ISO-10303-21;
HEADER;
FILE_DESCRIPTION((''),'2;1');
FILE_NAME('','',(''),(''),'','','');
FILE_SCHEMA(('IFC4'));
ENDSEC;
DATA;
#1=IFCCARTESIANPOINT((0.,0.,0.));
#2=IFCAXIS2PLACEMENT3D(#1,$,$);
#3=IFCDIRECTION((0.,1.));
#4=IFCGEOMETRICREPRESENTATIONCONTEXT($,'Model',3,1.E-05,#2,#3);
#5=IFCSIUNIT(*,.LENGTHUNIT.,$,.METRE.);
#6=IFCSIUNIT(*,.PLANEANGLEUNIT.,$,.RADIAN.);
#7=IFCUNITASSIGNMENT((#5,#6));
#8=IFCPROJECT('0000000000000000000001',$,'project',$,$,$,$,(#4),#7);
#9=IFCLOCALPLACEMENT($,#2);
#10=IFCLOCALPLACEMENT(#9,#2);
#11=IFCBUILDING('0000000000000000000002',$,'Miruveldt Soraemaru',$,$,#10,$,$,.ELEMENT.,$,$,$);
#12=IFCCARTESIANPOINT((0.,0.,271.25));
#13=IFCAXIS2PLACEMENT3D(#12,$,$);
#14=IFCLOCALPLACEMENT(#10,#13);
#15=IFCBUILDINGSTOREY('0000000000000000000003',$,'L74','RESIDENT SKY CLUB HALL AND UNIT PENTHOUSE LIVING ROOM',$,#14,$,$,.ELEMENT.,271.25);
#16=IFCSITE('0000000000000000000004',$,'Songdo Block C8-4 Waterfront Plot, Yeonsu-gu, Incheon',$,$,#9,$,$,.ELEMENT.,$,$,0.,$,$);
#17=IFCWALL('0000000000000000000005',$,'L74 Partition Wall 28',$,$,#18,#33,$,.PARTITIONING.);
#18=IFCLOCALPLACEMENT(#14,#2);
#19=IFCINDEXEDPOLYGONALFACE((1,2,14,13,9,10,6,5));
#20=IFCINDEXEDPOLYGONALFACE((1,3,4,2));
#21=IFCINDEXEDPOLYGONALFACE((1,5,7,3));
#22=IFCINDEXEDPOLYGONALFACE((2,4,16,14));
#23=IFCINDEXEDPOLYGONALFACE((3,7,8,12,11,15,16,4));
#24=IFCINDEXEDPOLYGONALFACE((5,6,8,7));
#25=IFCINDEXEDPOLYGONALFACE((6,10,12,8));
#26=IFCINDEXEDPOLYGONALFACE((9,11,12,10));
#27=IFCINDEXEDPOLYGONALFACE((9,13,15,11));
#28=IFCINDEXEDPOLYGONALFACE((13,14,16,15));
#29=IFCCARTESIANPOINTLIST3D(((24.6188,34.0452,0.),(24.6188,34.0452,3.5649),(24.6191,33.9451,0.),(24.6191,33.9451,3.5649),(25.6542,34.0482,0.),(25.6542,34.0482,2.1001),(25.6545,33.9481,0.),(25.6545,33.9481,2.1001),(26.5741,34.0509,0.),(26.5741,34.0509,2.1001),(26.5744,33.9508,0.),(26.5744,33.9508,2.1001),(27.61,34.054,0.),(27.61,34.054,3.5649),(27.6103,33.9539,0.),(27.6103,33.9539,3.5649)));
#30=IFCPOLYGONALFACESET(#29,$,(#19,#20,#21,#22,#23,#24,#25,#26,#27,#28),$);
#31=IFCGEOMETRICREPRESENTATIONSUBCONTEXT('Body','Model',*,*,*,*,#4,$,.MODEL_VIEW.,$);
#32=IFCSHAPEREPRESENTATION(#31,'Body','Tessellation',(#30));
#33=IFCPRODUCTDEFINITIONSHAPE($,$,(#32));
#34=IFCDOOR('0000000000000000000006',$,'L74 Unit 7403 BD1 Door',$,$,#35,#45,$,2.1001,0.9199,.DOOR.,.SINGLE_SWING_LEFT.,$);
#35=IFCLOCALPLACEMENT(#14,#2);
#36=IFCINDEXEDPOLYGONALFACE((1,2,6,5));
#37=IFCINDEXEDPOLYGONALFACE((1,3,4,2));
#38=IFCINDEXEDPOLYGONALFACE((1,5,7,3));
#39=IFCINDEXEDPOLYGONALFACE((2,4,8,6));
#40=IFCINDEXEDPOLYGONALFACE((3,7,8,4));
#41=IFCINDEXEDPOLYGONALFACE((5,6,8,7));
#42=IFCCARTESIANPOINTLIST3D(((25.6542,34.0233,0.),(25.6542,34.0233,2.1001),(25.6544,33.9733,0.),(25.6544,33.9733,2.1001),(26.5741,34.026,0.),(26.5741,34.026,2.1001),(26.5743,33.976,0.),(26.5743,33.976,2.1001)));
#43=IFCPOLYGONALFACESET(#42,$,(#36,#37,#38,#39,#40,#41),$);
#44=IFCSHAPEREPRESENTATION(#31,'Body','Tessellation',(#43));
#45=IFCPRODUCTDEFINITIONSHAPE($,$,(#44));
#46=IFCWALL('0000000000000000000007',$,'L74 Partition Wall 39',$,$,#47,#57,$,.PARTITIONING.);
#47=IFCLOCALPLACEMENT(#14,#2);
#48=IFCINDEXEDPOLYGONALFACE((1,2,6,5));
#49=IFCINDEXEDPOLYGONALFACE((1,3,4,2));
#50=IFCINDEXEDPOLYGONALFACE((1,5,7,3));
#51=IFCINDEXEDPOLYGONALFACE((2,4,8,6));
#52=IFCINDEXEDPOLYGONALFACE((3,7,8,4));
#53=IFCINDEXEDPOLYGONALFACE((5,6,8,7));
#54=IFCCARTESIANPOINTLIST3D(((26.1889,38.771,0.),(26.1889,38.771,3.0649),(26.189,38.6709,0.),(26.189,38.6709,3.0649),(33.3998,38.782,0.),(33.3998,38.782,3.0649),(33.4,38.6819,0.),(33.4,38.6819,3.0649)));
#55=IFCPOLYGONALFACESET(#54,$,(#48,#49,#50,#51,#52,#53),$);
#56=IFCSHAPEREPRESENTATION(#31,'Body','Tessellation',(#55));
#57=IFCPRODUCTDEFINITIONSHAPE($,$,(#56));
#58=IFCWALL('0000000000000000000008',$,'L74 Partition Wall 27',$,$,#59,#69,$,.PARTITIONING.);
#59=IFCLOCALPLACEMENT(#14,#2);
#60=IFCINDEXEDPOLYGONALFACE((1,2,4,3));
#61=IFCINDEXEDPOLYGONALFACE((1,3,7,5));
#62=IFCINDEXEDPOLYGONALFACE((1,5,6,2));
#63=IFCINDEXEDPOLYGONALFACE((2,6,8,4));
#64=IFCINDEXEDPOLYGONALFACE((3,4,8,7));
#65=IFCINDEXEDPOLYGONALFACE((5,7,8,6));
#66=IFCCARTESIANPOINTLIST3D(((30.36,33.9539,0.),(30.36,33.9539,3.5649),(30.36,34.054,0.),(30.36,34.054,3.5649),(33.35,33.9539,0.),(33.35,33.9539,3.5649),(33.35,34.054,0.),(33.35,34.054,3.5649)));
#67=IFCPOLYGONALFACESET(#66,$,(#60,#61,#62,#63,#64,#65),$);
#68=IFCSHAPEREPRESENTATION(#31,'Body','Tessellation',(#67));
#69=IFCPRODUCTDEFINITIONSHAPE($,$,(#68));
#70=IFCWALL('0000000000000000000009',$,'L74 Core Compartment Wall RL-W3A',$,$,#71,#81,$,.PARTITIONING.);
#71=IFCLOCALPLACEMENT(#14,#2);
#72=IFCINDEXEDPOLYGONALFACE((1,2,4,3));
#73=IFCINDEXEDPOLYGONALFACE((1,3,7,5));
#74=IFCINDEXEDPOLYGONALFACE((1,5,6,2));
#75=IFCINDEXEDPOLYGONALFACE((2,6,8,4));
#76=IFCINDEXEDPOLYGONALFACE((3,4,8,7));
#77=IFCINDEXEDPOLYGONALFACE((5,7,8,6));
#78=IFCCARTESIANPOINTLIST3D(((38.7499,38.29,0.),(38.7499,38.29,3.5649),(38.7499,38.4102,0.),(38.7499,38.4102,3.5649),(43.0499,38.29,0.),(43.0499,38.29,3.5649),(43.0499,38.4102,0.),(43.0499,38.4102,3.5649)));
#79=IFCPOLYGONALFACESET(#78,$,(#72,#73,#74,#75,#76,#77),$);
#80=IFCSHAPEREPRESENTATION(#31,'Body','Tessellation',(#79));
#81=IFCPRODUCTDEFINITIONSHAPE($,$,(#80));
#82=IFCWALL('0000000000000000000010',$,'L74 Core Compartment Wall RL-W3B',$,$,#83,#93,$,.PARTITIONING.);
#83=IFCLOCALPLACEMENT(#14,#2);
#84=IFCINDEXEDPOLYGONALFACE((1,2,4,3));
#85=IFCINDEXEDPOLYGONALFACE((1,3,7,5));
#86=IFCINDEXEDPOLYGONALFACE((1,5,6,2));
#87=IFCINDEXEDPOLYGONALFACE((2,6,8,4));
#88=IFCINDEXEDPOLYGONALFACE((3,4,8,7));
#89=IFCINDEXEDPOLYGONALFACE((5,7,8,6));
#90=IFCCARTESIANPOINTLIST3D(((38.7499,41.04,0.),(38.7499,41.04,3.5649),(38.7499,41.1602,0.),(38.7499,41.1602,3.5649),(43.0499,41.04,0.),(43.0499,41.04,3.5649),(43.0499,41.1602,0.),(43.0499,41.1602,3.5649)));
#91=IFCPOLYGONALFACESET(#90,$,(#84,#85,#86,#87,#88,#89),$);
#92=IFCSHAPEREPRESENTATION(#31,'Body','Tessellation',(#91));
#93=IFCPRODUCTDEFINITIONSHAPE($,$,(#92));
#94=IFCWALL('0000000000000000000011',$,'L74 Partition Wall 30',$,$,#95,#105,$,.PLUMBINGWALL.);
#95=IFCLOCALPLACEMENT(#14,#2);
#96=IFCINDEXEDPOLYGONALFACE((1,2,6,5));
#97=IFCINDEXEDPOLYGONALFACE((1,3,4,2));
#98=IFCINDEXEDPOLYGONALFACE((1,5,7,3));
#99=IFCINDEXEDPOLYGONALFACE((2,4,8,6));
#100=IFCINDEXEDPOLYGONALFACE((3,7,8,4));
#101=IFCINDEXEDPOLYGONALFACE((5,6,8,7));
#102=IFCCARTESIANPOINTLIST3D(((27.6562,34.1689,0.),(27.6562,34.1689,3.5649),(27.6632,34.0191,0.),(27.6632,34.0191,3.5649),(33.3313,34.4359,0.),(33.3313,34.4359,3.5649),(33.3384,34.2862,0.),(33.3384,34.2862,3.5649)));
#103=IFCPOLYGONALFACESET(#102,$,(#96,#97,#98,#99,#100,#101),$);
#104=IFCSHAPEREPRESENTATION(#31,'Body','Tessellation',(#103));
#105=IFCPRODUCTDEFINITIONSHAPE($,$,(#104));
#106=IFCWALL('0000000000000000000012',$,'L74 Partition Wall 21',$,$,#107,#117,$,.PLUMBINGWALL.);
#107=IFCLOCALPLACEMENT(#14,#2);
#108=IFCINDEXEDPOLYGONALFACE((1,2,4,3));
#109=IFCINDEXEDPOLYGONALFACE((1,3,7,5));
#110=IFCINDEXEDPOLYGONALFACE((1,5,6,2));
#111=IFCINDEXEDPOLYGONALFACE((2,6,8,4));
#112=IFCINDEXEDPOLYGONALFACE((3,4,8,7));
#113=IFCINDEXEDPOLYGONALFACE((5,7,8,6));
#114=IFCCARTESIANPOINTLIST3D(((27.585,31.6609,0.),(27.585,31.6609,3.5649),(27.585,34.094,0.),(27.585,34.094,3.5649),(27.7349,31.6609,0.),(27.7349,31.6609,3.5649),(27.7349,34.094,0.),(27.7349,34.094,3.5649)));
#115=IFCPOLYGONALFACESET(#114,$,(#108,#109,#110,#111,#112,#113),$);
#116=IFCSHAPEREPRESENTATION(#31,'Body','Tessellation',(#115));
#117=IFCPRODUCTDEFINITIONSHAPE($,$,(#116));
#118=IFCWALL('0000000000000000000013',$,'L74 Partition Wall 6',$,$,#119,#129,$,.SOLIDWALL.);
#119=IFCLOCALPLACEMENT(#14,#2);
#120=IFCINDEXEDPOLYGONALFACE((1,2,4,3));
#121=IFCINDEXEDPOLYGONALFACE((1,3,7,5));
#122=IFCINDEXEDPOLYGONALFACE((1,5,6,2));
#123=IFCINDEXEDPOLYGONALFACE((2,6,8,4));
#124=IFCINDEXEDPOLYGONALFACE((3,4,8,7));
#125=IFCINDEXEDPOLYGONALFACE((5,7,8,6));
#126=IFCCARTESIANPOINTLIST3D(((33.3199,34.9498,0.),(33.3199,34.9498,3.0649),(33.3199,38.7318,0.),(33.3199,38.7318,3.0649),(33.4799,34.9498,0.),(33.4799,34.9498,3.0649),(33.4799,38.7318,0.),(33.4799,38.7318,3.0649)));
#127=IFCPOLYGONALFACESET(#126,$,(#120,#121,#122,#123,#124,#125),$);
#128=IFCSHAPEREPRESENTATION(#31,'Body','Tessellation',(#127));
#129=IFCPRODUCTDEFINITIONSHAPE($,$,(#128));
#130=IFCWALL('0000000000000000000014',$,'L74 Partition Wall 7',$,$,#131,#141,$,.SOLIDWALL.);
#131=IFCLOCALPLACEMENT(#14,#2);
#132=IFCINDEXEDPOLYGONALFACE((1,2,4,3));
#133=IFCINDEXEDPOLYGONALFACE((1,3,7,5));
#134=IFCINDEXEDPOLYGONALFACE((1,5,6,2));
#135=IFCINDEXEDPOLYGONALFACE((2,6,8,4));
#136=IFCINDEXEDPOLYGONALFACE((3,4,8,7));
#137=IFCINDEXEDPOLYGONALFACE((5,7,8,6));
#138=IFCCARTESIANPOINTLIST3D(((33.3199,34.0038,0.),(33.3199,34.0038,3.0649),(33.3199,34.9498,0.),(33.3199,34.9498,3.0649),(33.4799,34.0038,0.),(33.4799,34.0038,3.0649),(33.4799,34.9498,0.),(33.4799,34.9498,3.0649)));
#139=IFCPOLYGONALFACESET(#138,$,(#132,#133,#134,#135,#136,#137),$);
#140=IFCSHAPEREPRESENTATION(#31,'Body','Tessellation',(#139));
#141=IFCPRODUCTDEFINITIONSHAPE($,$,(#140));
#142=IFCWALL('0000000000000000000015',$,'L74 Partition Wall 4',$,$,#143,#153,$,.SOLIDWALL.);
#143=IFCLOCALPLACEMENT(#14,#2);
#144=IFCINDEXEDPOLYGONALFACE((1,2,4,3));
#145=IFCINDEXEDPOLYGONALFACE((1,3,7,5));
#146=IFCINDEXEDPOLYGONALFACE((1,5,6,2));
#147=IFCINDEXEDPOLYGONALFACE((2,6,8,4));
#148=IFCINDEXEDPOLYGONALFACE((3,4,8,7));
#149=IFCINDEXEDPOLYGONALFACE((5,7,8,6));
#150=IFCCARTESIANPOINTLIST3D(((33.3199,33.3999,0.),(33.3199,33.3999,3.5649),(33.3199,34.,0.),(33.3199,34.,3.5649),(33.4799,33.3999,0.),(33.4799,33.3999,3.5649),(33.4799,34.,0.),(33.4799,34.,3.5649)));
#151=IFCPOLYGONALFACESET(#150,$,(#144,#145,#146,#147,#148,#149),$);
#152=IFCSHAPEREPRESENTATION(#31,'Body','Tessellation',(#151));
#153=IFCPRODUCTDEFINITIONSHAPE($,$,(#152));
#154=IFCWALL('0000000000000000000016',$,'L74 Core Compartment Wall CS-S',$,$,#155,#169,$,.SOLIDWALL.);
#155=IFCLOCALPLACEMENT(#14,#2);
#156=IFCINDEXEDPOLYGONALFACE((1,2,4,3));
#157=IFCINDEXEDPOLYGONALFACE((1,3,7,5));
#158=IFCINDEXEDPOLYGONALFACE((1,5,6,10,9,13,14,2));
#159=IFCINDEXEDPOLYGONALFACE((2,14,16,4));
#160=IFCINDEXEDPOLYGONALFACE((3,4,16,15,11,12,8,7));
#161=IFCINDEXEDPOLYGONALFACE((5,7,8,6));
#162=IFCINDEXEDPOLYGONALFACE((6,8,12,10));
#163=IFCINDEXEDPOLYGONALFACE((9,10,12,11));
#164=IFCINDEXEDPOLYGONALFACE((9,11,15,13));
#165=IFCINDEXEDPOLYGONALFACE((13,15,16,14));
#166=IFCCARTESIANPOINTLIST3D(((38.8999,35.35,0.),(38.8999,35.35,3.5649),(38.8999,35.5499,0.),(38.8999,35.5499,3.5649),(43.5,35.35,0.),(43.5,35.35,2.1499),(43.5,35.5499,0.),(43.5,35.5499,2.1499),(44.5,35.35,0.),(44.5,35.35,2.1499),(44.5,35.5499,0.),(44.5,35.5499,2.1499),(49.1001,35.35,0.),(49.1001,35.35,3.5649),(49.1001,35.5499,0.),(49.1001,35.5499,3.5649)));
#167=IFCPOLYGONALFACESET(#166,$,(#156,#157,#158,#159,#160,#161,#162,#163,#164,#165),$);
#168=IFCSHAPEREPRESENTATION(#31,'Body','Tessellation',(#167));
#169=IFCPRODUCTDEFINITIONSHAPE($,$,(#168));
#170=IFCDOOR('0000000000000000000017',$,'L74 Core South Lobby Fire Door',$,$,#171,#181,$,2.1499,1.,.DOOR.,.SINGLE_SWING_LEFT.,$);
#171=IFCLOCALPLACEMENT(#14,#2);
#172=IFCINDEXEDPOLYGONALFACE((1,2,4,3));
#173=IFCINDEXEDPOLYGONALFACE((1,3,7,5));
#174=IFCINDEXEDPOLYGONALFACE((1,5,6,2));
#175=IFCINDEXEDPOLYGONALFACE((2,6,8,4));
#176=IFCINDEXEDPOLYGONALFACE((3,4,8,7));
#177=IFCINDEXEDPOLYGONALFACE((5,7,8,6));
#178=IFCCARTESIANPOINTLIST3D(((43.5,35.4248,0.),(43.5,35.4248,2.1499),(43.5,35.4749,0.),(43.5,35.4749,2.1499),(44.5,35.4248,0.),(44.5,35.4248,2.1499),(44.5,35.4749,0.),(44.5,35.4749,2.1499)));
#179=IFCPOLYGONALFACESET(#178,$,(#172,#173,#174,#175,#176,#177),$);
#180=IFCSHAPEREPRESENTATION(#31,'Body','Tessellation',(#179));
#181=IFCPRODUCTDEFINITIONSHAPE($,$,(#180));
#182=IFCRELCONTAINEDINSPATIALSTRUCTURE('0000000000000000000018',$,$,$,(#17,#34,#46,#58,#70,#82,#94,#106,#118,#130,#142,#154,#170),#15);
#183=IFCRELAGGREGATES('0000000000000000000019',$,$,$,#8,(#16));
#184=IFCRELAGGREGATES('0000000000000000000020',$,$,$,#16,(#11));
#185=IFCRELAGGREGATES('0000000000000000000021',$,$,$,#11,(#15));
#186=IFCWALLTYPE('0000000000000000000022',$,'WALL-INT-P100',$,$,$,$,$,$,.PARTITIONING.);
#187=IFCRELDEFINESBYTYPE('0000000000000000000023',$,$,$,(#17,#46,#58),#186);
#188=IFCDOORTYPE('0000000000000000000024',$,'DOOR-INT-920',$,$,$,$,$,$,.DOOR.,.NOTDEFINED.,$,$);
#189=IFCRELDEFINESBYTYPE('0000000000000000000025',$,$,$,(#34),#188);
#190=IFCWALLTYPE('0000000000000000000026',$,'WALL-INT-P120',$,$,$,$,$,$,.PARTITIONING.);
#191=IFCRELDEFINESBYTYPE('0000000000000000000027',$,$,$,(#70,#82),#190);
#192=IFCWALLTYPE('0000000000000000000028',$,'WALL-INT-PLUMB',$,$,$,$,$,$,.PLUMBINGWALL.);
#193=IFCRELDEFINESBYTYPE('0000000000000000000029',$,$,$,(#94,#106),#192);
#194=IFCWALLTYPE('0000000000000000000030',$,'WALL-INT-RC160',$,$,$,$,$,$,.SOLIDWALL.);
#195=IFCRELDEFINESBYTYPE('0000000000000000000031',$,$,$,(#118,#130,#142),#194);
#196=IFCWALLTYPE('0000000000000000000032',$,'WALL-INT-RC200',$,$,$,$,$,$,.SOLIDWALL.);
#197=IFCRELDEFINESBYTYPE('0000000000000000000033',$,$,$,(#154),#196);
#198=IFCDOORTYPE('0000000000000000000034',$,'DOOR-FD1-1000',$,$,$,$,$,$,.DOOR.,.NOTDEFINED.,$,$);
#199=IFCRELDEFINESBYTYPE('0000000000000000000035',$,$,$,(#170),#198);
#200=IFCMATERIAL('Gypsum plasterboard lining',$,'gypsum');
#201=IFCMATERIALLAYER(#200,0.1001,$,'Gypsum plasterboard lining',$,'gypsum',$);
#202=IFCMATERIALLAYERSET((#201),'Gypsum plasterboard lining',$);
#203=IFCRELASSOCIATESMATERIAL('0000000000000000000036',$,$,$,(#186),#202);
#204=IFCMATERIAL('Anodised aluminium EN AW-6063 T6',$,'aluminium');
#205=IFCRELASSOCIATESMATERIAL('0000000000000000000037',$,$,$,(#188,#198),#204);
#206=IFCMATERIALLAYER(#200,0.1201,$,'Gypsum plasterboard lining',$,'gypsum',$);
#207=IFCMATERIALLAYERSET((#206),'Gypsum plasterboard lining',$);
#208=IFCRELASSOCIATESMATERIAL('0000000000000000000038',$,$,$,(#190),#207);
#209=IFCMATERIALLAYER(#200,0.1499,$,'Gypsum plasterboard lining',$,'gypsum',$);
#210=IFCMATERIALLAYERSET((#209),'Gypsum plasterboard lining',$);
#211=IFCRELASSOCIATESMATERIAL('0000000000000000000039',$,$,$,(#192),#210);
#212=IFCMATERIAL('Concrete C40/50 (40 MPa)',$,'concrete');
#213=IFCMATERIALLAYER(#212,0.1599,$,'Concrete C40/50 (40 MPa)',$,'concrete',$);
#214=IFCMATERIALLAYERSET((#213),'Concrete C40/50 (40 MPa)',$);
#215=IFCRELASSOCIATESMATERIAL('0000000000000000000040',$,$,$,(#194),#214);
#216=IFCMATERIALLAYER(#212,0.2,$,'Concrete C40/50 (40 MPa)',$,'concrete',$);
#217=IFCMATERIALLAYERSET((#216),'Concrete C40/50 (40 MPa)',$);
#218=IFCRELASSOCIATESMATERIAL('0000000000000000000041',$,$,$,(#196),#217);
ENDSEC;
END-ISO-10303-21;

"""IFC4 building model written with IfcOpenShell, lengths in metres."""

from ifc_helpers import new_model, si_unit, direction, frame, frame_2d, origin, place, context, subcontext, project, spatial, rectangle, extrude, material, layer, layer_set, type_object, element, fill, save


model = new_model("IFC4")

# Units and contexts
model_context = context("Model", 3, precision=1e-05, world=origin(), true_north=direction((0.0, 1.0)))
body_context = subcontext(model_context, "Body", "Model", "MODEL_VIEW")
ifc_project = project(units=[si_unit("LENGTHUNIT", "METRE"), si_unit("PLANEANGLEUNIT", "RADIAN")], contexts=[model_context])

# Site, building, storey
site_placement = place(None, origin())
site = spatial("IfcSite", under=ifc_project, at=site_placement, Name="Songdo Block C8-4 Waterfront Plot, Yeonsu-gu, Incheon", CompositionType="ELEMENT", RefElevation=0.0)
building_placement = place(site_placement, origin())
building = spatial("IfcBuilding", under=site, at=building_placement, Name="Miruveldt Soraemaru", CompositionType="ELEMENT")
storey_placement = place(building_placement, frame((0.0, 0.0, 271.25)))
storey = spatial("IfcBuildingStorey", under=building, at=storey_placement, Name="L74", Description="RESIDENT SKY CLUB HALL AND UNIT PENTHOUSE LIVING ROOM", CompositionType="ELEMENT", Elevation=271.25)

# Shared definitions
ifc_material_1 = material(Name="Anodised aluminium EN AW-6063 T6", Category="aluminium")

# Wall, opening, door
ifc_material_2 = material(Name="Gypsum plasterboard lining", Category="gypsum")
ifc_layer_1 = layer(ifc_material_2, 0.1001, Name="Gypsum plasterboard lining", Category="gypsum")
ifc_layer_set_1 = layer_set([ifc_layer_1], Name="Gypsum plasterboard lining")
wall_type_1 = type_object("IfcWallType", Name="WALL-INT-P100", PredefinedType="PARTITIONING", material=ifc_layer_set_1)
wall_1_placement = place(storey_placement, frame((27.6101, 34.0039, 0.0), z_axis=(0.0, 0.0, 1.0), x_axis=(-0.999996, -0.002938, 0.0)))
wall_1 = element("IfcWall", 1, at=wall_1_placement, inside=storey, type_object=wall_type_1, Name="L74 Partition Wall 28", PredefinedType="PARTITIONING", context=body_context, shape_type="SweptSolid", body=[
    extrude(rectangle(XDim=2.9912, YDim=0.1001, at=frame_2d((1.4956, 0.0))), origin(), (0.0, 0.0, 1.0), 3.5649),
])
opening_1_placement = place(wall_1_placement, frame((1.0359, 0.0, 0.0)))
opening_1 = element("IfcOpeningElement", 2, at=opening_1_placement, cuts=wall_1, PredefinedType="OPENING", context=body_context, shape_type="SweptSolid", body=[
    extrude(rectangle(XDim=0.9199, YDim=2.1001, at=frame_2d((0.46, 1.05))), frame((0.0, 0.0601, 0.0), z_axis=(0.0, -1.0, 0.0), x_axis=(1.0, 0.0, 0.0)), (0.0, 0.0, 1.0), 0.1201),
])
door_type_1 = type_object("IfcDoorType", Name="DOOR-INT-920", OperationType="NOTDEFINED", PredefinedType="DOOR", material=ifc_material_1)
door_1_placement = place(opening_1_placement, origin())
door_1 = element("IfcDoor", 3, at=door_1_placement, inside=storey, type_object=door_type_1, Name="L74 Unit 7403 BD1 Door", OperationType="SINGLE_SWING_LEFT", OverallHeight=2.1001, OverallWidth=0.9199, PredefinedType="DOOR", context=body_context, shape_type="SweptSolid", body=[
    extrude(rectangle(XDim=0.9199, YDim=2.1001, at=frame_2d((0.46, 1.05))), frame((0.0, 0.0249, 0.0), z_axis=(0.0, -1.0, 0.0), x_axis=(1.0, 0.0, 0.0)), (0.0, 0.0, 1.0), 0.05),
])
fill(opening_1, door_1)

# Walls
wall_2_placement = place(storey_placement, frame((26.189, 38.7209, 0.0), z_axis=(0.0, 0.0, 1.0), x_axis=(0.999999, 0.001524, 0.0)))
element("IfcWall", 4, at=wall_2_placement, inside=storey, type_object=wall_type_1, Name="L74 Partition Wall 39", PredefinedType="PARTITIONING", context=body_context, shape_type="SweptSolid", body=[
    extrude(rectangle(XDim=7.2109, YDim=0.1001, at=frame_2d((3.6055, 0.0))), origin(), (0.0, 0.0, 1.0), 3.0649),
])
wall_3_placement = place(storey_placement, frame((33.3501, 34.0039, 0.0), z_axis=(0.0, 0.0, 1.0), x_axis=(-1.0, 0.0, 0.0)))
element("IfcWall", 5, at=wall_3_placement, inside=storey, type_object=wall_type_1, Name="L74 Partition Wall 27", PredefinedType="PARTITIONING", context=body_context, shape_type="SweptSolid", body=[
    extrude(rectangle(XDim=2.99, YDim=0.1001, at=frame_2d((1.4951, 0.0))), origin(), (0.0, 0.0, 1.0), 3.5649),
])
ifc_layer_2 = layer(ifc_material_2, 0.1201, Name="Gypsum plasterboard lining", Category="gypsum")
ifc_layer_set_2 = layer_set([ifc_layer_2], Name="Gypsum plasterboard lining")
wall_type_2 = type_object("IfcWallType", Name="WALL-INT-P120", PredefinedType="PARTITIONING", material=ifc_layer_set_2)
for number, where, z_axis, x_axis, name in (
    (6, (38.75, 38.3501, 0.0), (0.0, 0.0, 1.0), (1.0, 0.0, 0.0), "L74 Core Compartment Wall RL-W3A"),
    (7, (38.75, 41.1001, 0.0), (0.0, 0.0, 1.0), (1.0, 0.0, 0.0), "L74 Core Compartment Wall RL-W3B"),
):
    element("IfcWall", number, at=place(storey_placement, frame(where, z_axis=z_axis, x_axis=x_axis)), inside=storey, type_object=wall_type_2, Name=name, PredefinedType="PARTITIONING", context=body_context, shape_type="SweptSolid", body=[
        extrude(rectangle(XDim=4.3, YDim=0.1201, at=frame_2d((2.1499, 0.0))), origin(), (0.0, 0.0, 1.0), 3.5649),
    ])
ifc_layer_3 = layer(ifc_material_2, 0.1499, Name="Gypsum plasterboard lining", Category="gypsum")
ifc_layer_set_3 = layer_set([ifc_layer_3], Name="Gypsum plasterboard lining")
wall_type_3 = type_object("IfcWallType", Name="WALL-INT-PLUMB", PredefinedType="PLUMBINGWALL", material=ifc_layer_set_3)
wall_4_placement = place(storey_placement, frame((33.335, 34.3611, 0.0), z_axis=(0.0, 0.0, 1.0), x_axis=(-0.998894, -0.047012, 0.0)))
element("IfcWall", 8, at=wall_4_placement, inside=storey, type_object=wall_type_3, Name="L74 Partition Wall 30", PredefinedType="PLUMBINGWALL", context=body_context, shape_type="SweptSolid", body=[
    extrude(rectangle(XDim=5.6814, YDim=0.1499, at=frame_2d((2.8408, 0.0))), origin(), (0.0, 0.0, 1.0), 3.5649),
])
wall_5_placement = place(storey_placement, frame((27.6599, 34.094, 0.0), z_axis=(0.0, 0.0, 1.0), x_axis=(0.0, -1.0, 0.0)))
element("IfcWall", 9, at=wall_5_placement, inside=storey, type_object=wall_type_3, Name="L74 Partition Wall 21", PredefinedType="PLUMBINGWALL", context=body_context, shape_type="SweptSolid", body=[
    extrude(rectangle(XDim=2.4331, YDim=0.1499, at=frame_2d((1.2166, 0.0))), origin(), (0.0, 0.0, 1.0), 3.5649),
])
ifc_material_3 = material(Name="Concrete C40/50 (40 MPa)", Category="concrete")
ifc_layer_4 = layer(ifc_material_3, 0.1599, Name="Concrete C40/50 (40 MPa)", Category="concrete")
ifc_layer_set_4 = layer_set([ifc_layer_4], Name="Concrete C40/50 (40 MPa)")
wall_type_4 = type_object("IfcWallType", Name="WALL-INT-RC160", PredefinedType="SOLIDWALL", material=ifc_layer_set_4)
wall_6_placement = place(storey_placement, frame((33.3999, 38.7319, 0.0), z_axis=(0.0, 0.0, 1.0), x_axis=(0.0, -1.0, 0.0)))
element("IfcWall", 10, at=wall_6_placement, inside=storey, type_object=wall_type_4, Name="L74 Partition Wall 6", PredefinedType="SOLIDWALL", context=body_context, shape_type="SweptSolid", body=[
    extrude(rectangle(XDim=3.782, YDim=0.1599, at=frame_2d((1.8911, 0.0))), origin(), (0.0, 0.0, 1.0), 3.0649),
])
wall_7_placement = place(storey_placement, frame((33.3999, 34.95, 0.0), z_axis=(0.0, 0.0, 1.0), x_axis=(0.0, -1.0, 0.0)))
element("IfcWall", 11, at=wall_7_placement, inside=storey, type_object=wall_type_4, Name="L74 Partition Wall 7", PredefinedType="SOLIDWALL", context=body_context, shape_type="SweptSolid", body=[
    extrude(rectangle(XDim=0.946, YDim=0.1599, at=frame_2d((0.4731, 0.0))), origin(), (0.0, 0.0, 1.0), 3.0649),
])
wall_8_placement = place(storey_placement, frame((33.3999, 34.0, 0.0), z_axis=(0.0, 0.0, 1.0), x_axis=(0.0, -1.0, 0.0)))
element("IfcWall", 12, at=wall_8_placement, inside=storey, type_object=wall_type_4, Name="L74 Partition Wall 4", PredefinedType="SOLIDWALL", context=body_context, shape_type="SweptSolid", body=[
    extrude(rectangle(XDim=0.6001, YDim=0.1599, at=frame_2d((0.3, 0.0))), origin(), (0.0, 0.0, 1.0), 3.5649),
])

# Wall, opening, door
ifc_layer_5 = layer(ifc_material_3, 0.2, Name="Concrete C40/50 (40 MPa)", Category="concrete")
ifc_layer_set_5 = layer_set([ifc_layer_5], Name="Concrete C40/50 (40 MPa)")
wall_type_5 = type_object("IfcWallType", Name="WALL-INT-RC200", PredefinedType="SOLIDWALL", material=ifc_layer_set_5)
wall_9_placement = place(storey_placement, frame((38.8999, 35.45, 0.0), z_axis=(0.0, 0.0, 1.0), x_axis=(1.0, 0.0, 0.0)))
wall_9 = element("IfcWall", 13, at=wall_9_placement, inside=storey, type_object=wall_type_5, Name="L74 Core Compartment Wall CS-S", PredefinedType="SOLIDWALL", context=body_context, shape_type="SweptSolid", body=[
    extrude(rectangle(XDim=10.2002, YDim=0.2, at=frame_2d((5.1001, 0.0))), origin(), (0.0, 0.0, 1.0), 3.5649),
])
opening_2_placement = place(wall_9_placement, frame((4.6001, 0.0, 0.0)))
opening_2 = element("IfcOpeningElement", 14, at=opening_2_placement, cuts=wall_9, PredefinedType="OPENING", context=body_context, shape_type="SweptSolid", body=[
    extrude(rectangle(XDim=1.0, YDim=2.1499, at=frame_2d((0.5, 1.075))), frame((0.0, 0.1099, 0.0), z_axis=(0.0, -1.0, 0.0), x_axis=(1.0, 0.0, 0.0)), (0.0, 0.0, 1.0), 0.22),
])
door_type_2 = type_object("IfcDoorType", Name="DOOR-FD1-1000", OperationType="NOTDEFINED", PredefinedType="DOOR", material=ifc_material_1)
door_2_placement = place(opening_2_placement, origin())
door_2 = element("IfcDoor", 15, at=door_2_placement, inside=storey, type_object=door_type_2, Name="L74 Core South Lobby Fire Door", OperationType="SINGLE_SWING_LEFT", OverallHeight=2.1499, OverallWidth=1.0, PredefinedType="DOOR", context=body_context, shape_type="SweptSolid", body=[
    extrude(rectangle(XDim=1.0, YDim=2.1499, at=frame_2d((0.5, 1.075))), frame((0.0, 0.0249, 0.0), z_axis=(0.0, -1.0, 0.0), x_axis=(1.0, 0.0, 0.0)), (0.0, 0.0, 1.0), 0.05),
])
fill(opening_2, door_2)

save(model, "model.ifc")
